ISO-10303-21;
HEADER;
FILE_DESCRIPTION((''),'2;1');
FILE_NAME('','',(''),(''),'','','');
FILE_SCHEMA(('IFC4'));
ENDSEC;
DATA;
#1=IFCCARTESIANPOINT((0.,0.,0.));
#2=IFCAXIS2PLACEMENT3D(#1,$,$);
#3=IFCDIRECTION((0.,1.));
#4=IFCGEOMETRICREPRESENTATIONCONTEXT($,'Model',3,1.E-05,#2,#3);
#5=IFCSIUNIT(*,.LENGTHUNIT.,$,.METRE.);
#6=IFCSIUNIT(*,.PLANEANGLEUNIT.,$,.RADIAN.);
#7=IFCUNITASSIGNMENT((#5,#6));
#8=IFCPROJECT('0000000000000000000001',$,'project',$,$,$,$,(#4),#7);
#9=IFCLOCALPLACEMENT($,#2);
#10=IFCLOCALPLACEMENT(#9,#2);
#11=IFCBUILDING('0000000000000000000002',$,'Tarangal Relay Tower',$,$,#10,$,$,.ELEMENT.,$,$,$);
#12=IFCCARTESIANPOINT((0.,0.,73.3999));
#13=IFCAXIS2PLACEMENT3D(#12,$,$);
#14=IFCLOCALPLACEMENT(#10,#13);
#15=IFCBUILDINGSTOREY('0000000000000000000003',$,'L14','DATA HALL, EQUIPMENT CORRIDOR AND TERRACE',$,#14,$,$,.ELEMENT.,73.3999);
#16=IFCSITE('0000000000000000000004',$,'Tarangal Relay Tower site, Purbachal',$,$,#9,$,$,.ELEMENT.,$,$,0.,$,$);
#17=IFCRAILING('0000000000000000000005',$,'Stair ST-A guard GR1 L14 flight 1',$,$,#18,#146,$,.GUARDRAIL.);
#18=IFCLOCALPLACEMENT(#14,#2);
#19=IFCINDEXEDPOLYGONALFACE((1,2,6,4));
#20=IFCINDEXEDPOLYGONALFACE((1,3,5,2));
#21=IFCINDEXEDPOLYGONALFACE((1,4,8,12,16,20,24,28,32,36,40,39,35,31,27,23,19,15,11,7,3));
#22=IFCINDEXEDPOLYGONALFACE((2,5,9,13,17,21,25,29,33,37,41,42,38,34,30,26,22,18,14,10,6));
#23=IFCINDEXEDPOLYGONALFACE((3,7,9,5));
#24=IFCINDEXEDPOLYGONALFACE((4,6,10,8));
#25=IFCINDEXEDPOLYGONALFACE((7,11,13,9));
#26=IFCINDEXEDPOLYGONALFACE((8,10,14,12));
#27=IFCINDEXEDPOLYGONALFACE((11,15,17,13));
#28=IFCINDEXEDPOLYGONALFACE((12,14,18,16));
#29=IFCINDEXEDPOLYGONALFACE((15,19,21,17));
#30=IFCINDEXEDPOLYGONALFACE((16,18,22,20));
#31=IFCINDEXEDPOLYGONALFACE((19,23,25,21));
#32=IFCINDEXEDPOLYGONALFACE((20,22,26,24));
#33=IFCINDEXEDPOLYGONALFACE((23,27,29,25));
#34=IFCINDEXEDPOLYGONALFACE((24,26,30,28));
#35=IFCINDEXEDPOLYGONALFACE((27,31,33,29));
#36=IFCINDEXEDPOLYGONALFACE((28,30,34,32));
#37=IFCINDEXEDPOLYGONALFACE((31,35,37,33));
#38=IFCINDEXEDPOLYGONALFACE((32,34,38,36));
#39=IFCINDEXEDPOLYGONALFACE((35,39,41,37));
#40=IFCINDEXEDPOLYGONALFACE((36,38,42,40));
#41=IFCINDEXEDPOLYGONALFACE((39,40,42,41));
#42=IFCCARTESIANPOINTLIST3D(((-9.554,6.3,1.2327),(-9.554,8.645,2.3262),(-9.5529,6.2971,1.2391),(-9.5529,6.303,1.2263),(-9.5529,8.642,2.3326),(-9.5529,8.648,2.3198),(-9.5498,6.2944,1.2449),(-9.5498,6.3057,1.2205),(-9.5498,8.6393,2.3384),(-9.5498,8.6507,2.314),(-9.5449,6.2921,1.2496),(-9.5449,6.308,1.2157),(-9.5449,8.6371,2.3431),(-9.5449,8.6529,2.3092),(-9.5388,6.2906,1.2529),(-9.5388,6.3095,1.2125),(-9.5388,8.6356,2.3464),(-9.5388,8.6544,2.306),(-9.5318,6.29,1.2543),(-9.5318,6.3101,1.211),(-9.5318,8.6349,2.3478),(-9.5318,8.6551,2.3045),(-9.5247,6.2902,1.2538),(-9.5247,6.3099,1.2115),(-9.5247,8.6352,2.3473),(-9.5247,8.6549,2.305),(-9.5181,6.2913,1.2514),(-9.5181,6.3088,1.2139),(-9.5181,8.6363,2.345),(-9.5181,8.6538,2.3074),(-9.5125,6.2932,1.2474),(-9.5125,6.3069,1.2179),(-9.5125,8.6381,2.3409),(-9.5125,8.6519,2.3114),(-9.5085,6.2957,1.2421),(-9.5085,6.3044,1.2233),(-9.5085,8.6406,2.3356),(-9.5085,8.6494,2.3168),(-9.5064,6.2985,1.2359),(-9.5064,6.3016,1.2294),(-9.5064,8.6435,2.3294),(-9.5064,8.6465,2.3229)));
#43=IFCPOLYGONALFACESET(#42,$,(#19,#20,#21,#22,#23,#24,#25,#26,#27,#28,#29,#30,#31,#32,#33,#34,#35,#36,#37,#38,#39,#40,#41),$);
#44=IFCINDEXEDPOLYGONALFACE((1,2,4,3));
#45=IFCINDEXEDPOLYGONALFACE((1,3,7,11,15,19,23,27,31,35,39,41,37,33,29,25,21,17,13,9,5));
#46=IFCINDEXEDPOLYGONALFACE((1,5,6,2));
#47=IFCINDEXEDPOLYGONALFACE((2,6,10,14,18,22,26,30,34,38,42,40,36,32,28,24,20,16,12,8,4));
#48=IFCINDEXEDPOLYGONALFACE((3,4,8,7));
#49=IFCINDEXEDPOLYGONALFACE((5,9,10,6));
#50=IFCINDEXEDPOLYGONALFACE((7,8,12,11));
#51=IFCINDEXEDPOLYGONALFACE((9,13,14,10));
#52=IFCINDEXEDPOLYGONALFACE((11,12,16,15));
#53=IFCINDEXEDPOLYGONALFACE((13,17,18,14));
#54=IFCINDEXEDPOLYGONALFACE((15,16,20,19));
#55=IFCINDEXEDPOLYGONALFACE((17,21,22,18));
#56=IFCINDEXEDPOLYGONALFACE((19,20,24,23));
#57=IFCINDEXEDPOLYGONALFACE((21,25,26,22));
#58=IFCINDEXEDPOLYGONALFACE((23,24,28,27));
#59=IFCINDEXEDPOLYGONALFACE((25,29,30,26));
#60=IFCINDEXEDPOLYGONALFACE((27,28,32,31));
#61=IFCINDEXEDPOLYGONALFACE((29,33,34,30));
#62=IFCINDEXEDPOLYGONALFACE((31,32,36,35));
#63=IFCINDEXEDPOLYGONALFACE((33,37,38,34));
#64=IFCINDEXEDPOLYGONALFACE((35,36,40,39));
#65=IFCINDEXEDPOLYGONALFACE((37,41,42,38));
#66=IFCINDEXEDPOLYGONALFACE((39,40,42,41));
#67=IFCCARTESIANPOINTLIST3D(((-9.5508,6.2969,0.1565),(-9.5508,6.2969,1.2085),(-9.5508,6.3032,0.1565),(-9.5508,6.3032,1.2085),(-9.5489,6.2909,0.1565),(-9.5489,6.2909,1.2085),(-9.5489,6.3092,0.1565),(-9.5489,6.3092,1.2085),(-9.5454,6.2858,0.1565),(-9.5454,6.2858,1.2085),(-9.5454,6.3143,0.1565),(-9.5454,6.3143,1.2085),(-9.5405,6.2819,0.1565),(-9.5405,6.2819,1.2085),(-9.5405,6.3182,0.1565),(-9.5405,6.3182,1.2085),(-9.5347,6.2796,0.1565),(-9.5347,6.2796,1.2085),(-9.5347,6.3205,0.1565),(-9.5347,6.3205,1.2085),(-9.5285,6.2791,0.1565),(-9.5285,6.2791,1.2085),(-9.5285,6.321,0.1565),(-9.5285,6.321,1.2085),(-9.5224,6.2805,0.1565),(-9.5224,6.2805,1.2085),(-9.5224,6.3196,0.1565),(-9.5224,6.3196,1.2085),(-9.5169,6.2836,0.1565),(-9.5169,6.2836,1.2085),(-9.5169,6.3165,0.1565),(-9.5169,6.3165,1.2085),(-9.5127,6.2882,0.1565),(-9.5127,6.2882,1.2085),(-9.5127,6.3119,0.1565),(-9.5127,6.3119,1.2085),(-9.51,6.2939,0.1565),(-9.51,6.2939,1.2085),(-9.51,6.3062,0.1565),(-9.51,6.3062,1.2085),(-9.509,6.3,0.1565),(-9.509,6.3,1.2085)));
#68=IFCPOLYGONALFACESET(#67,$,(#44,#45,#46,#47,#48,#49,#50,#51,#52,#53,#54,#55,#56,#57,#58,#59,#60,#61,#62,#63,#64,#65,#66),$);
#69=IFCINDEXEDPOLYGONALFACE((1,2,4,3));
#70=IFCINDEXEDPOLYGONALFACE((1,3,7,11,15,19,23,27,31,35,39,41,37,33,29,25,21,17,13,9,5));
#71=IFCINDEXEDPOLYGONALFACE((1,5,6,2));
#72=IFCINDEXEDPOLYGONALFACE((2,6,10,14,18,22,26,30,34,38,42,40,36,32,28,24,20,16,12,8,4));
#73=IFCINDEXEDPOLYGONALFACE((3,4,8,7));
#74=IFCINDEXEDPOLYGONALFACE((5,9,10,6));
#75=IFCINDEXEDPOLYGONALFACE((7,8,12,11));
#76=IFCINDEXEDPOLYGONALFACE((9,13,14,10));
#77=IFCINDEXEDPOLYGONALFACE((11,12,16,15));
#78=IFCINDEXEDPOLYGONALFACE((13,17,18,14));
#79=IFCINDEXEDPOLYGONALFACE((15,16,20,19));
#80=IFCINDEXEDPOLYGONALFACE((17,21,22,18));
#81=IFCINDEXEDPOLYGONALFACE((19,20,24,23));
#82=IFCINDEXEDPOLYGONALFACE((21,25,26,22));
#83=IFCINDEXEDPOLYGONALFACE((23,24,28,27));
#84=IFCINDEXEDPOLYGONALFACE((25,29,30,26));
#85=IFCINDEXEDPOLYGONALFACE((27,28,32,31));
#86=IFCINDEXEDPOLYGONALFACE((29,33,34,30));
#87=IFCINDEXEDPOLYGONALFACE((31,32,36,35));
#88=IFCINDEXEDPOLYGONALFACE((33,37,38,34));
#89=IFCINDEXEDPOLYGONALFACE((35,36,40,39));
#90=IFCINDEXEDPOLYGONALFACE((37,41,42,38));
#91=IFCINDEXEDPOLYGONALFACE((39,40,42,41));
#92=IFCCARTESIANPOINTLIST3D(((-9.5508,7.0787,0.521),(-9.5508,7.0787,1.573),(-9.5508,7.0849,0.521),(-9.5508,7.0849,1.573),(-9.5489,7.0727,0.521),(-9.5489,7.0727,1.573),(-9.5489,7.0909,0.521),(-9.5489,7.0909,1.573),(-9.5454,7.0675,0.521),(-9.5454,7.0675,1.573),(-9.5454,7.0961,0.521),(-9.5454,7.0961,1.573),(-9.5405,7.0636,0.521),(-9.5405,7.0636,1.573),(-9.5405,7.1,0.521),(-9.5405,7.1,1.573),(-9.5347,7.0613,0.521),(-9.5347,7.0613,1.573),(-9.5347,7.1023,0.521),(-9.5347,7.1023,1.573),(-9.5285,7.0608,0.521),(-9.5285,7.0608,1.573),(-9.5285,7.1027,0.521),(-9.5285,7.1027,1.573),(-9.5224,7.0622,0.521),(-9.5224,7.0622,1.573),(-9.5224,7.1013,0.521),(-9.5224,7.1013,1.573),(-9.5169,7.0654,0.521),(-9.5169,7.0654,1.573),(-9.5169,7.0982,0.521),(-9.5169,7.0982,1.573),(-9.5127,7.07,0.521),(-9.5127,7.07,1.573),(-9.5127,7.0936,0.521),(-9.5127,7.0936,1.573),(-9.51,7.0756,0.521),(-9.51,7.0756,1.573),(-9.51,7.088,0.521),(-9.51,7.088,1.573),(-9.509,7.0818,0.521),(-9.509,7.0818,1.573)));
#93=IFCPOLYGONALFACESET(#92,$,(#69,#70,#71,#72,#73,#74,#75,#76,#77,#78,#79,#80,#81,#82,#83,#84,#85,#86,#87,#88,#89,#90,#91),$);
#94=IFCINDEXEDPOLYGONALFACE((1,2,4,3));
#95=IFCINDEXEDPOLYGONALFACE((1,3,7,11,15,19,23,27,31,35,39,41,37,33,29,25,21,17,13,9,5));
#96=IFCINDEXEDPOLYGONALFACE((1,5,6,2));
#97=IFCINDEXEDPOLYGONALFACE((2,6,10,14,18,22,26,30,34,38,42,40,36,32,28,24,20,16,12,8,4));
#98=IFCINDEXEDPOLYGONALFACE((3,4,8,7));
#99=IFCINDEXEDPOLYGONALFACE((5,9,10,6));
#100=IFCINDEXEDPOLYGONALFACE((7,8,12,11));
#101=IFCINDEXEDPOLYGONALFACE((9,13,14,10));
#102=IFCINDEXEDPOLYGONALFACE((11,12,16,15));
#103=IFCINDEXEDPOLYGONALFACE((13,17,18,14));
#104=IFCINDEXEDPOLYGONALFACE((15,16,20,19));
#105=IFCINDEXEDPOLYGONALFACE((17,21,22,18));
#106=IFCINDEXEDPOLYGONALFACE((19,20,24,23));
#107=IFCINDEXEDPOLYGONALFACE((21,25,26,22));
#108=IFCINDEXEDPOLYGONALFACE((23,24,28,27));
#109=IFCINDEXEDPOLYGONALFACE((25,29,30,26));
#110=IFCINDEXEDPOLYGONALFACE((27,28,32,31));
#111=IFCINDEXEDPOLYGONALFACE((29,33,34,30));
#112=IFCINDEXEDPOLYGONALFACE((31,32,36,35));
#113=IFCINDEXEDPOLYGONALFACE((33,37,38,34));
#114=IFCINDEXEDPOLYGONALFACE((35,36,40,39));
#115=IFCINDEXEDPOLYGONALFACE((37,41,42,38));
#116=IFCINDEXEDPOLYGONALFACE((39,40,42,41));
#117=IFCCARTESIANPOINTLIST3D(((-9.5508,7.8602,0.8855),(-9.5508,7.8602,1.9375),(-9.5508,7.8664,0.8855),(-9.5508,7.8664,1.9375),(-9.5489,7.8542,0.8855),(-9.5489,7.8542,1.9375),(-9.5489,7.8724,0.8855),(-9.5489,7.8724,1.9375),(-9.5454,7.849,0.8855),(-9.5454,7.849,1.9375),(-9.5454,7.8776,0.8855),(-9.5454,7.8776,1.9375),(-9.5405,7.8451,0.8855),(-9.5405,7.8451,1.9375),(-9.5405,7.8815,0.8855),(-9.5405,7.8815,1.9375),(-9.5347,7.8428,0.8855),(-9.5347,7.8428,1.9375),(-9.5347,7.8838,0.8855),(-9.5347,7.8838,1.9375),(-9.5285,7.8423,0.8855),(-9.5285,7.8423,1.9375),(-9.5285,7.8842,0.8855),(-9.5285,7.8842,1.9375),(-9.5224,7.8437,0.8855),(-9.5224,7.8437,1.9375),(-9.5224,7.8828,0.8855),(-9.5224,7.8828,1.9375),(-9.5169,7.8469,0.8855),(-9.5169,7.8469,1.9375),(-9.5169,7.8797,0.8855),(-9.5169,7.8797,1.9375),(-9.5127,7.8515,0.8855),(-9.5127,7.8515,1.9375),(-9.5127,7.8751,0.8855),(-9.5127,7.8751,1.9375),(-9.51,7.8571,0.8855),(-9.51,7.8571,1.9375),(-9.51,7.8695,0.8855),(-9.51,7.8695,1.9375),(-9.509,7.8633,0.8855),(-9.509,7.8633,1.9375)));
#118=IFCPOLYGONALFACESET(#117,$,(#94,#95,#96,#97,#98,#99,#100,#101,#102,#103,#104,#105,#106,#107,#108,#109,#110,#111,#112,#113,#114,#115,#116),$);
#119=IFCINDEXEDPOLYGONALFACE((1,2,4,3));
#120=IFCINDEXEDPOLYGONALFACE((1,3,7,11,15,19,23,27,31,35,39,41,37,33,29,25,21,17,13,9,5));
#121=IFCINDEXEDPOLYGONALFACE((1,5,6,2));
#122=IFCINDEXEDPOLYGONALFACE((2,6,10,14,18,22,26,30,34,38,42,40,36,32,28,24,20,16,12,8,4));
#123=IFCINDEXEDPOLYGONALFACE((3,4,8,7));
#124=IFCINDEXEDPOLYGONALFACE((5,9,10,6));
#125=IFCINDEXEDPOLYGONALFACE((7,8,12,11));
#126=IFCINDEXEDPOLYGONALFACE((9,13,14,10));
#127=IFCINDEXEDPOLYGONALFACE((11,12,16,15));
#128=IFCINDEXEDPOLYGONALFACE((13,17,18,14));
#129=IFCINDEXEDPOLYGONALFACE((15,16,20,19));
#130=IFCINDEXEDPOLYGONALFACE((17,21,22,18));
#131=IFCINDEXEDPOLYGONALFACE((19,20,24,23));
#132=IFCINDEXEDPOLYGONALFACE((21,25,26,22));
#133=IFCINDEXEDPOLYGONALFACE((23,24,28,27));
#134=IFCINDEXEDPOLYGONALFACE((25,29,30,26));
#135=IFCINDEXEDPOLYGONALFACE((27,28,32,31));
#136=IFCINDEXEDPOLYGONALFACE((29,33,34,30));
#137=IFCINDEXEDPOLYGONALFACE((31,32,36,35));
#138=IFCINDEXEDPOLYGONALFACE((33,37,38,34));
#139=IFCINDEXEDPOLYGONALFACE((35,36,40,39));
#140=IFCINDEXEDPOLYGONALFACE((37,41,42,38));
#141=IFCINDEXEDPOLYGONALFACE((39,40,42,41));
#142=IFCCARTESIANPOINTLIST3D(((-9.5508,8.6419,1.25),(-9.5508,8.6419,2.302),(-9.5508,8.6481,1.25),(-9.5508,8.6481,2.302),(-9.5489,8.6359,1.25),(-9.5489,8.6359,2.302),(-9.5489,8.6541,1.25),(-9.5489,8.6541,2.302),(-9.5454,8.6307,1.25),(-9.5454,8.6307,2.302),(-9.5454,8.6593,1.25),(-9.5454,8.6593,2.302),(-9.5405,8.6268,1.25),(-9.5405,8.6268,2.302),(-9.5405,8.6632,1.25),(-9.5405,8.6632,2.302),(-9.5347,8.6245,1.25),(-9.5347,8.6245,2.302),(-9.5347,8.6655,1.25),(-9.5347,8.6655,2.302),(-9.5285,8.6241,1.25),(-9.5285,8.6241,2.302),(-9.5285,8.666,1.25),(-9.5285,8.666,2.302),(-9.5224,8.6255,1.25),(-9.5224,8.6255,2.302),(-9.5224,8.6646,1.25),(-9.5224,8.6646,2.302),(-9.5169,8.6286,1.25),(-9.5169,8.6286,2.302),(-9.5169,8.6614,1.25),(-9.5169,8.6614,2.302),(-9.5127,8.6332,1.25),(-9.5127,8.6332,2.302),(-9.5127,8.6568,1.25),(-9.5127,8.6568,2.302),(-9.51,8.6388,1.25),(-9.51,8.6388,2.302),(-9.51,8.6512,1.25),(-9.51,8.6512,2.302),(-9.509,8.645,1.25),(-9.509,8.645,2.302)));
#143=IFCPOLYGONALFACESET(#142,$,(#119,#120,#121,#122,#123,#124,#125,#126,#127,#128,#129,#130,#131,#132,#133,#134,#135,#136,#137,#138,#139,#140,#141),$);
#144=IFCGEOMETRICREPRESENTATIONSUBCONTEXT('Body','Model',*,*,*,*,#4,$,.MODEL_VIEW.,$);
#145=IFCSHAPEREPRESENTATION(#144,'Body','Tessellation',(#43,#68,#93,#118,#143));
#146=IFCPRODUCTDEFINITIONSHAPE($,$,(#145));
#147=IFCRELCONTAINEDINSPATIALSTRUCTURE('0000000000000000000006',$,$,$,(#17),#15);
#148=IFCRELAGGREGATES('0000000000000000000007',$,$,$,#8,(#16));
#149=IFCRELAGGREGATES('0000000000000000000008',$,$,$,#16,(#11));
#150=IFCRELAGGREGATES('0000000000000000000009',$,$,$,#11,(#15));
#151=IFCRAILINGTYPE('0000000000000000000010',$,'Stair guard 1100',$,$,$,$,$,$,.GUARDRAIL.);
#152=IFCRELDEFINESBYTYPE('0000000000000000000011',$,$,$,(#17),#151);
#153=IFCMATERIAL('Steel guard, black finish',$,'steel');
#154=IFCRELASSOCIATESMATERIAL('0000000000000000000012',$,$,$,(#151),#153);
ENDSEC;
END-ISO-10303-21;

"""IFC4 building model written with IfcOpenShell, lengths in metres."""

from ifc_helpers import new_model, si_unit, direction, frame, origin, origin_2d, place, context, subcontext, project, spatial, circle, extrude, material, type_object, element, save


model = new_model("IFC4")

# Units and contexts
model_context = context("Model", 3, precision=1e-05, world=origin(), true_north=direction((0.0, 1.0)))
body_context = subcontext(model_context, "Body", "Model", "MODEL_VIEW")
ifc_project = project(units=[si_unit("LENGTHUNIT", "METRE"), si_unit("PLANEANGLEUNIT", "RADIAN")], contexts=[model_context])

# Site, building, storey
site_placement = place(None, origin())
site = spatial("IfcSite", under=ifc_project, at=site_placement, Name="Tarangal Relay Tower site, Purbachal", CompositionType="ELEMENT", RefElevation=0.0)
building_placement = place(site_placement, origin())
building = spatial("IfcBuilding", under=site, at=building_placement, Name="Tarangal Relay Tower", CompositionType="ELEMENT")
storey_placement = place(building_placement, frame((0.0, 0.0, 73.3999)))
storey = spatial("IfcBuildingStorey", under=building, at=storey_placement, Name="L14", Description="DATA HALL, EQUIPMENT CORRIDOR AND TERRACE", CompositionType="ELEMENT", Elevation=73.3999)

# Railing
ifc_material_1 = material(Name="Steel guard, black finish", Category="steel")
railing_type = type_object("IfcRailingType", Name="Stair guard 1100", PredefinedType="GUARDRAIL", material=ifc_material_1)
for number, where, name in (
    (1, (-9.53, 6.3, 0.1565), "Stair ST-A guard GR1 L14 flight 1"),
):
    element("IfcRailing", number, at=place(storey_placement, frame(where)), inside=storey, type_object=railing_type, Name=name, PredefinedType="GUARDRAIL", context=body_context, shape_type="SweptSolid", body=[
        extrude(circle(Radius=0.0239, at=origin_2d()), frame((0.0, 0.0, 1.0762), z_axis=(0.0, 0.906304, 0.422627), x_axis=(-1.0, 0.0, 0.0)), (0.0, 0.0, 1.0), 2.5874),
        extrude(circle(Radius=0.021, at=origin_2d()), origin(), (0.0, 0.0, 1.0), 1.052),
        extrude(circle(Radius=0.021, at=origin_2d()), frame((0.0, 0.7817, 0.3645)), (0.0, 0.0, 1.0), 1.052),
        extrude(circle(Radius=0.021, at=origin_2d()), frame((0.0, 1.5632, 0.729)), (0.0, 0.0, 1.0), 1.052),
        extrude(circle(Radius=0.021, at=origin_2d()), frame((0.0, 2.345, 1.0935)), (0.0, 0.0, 1.0), 1.052),
    ])

save(model, "model.ifc")
